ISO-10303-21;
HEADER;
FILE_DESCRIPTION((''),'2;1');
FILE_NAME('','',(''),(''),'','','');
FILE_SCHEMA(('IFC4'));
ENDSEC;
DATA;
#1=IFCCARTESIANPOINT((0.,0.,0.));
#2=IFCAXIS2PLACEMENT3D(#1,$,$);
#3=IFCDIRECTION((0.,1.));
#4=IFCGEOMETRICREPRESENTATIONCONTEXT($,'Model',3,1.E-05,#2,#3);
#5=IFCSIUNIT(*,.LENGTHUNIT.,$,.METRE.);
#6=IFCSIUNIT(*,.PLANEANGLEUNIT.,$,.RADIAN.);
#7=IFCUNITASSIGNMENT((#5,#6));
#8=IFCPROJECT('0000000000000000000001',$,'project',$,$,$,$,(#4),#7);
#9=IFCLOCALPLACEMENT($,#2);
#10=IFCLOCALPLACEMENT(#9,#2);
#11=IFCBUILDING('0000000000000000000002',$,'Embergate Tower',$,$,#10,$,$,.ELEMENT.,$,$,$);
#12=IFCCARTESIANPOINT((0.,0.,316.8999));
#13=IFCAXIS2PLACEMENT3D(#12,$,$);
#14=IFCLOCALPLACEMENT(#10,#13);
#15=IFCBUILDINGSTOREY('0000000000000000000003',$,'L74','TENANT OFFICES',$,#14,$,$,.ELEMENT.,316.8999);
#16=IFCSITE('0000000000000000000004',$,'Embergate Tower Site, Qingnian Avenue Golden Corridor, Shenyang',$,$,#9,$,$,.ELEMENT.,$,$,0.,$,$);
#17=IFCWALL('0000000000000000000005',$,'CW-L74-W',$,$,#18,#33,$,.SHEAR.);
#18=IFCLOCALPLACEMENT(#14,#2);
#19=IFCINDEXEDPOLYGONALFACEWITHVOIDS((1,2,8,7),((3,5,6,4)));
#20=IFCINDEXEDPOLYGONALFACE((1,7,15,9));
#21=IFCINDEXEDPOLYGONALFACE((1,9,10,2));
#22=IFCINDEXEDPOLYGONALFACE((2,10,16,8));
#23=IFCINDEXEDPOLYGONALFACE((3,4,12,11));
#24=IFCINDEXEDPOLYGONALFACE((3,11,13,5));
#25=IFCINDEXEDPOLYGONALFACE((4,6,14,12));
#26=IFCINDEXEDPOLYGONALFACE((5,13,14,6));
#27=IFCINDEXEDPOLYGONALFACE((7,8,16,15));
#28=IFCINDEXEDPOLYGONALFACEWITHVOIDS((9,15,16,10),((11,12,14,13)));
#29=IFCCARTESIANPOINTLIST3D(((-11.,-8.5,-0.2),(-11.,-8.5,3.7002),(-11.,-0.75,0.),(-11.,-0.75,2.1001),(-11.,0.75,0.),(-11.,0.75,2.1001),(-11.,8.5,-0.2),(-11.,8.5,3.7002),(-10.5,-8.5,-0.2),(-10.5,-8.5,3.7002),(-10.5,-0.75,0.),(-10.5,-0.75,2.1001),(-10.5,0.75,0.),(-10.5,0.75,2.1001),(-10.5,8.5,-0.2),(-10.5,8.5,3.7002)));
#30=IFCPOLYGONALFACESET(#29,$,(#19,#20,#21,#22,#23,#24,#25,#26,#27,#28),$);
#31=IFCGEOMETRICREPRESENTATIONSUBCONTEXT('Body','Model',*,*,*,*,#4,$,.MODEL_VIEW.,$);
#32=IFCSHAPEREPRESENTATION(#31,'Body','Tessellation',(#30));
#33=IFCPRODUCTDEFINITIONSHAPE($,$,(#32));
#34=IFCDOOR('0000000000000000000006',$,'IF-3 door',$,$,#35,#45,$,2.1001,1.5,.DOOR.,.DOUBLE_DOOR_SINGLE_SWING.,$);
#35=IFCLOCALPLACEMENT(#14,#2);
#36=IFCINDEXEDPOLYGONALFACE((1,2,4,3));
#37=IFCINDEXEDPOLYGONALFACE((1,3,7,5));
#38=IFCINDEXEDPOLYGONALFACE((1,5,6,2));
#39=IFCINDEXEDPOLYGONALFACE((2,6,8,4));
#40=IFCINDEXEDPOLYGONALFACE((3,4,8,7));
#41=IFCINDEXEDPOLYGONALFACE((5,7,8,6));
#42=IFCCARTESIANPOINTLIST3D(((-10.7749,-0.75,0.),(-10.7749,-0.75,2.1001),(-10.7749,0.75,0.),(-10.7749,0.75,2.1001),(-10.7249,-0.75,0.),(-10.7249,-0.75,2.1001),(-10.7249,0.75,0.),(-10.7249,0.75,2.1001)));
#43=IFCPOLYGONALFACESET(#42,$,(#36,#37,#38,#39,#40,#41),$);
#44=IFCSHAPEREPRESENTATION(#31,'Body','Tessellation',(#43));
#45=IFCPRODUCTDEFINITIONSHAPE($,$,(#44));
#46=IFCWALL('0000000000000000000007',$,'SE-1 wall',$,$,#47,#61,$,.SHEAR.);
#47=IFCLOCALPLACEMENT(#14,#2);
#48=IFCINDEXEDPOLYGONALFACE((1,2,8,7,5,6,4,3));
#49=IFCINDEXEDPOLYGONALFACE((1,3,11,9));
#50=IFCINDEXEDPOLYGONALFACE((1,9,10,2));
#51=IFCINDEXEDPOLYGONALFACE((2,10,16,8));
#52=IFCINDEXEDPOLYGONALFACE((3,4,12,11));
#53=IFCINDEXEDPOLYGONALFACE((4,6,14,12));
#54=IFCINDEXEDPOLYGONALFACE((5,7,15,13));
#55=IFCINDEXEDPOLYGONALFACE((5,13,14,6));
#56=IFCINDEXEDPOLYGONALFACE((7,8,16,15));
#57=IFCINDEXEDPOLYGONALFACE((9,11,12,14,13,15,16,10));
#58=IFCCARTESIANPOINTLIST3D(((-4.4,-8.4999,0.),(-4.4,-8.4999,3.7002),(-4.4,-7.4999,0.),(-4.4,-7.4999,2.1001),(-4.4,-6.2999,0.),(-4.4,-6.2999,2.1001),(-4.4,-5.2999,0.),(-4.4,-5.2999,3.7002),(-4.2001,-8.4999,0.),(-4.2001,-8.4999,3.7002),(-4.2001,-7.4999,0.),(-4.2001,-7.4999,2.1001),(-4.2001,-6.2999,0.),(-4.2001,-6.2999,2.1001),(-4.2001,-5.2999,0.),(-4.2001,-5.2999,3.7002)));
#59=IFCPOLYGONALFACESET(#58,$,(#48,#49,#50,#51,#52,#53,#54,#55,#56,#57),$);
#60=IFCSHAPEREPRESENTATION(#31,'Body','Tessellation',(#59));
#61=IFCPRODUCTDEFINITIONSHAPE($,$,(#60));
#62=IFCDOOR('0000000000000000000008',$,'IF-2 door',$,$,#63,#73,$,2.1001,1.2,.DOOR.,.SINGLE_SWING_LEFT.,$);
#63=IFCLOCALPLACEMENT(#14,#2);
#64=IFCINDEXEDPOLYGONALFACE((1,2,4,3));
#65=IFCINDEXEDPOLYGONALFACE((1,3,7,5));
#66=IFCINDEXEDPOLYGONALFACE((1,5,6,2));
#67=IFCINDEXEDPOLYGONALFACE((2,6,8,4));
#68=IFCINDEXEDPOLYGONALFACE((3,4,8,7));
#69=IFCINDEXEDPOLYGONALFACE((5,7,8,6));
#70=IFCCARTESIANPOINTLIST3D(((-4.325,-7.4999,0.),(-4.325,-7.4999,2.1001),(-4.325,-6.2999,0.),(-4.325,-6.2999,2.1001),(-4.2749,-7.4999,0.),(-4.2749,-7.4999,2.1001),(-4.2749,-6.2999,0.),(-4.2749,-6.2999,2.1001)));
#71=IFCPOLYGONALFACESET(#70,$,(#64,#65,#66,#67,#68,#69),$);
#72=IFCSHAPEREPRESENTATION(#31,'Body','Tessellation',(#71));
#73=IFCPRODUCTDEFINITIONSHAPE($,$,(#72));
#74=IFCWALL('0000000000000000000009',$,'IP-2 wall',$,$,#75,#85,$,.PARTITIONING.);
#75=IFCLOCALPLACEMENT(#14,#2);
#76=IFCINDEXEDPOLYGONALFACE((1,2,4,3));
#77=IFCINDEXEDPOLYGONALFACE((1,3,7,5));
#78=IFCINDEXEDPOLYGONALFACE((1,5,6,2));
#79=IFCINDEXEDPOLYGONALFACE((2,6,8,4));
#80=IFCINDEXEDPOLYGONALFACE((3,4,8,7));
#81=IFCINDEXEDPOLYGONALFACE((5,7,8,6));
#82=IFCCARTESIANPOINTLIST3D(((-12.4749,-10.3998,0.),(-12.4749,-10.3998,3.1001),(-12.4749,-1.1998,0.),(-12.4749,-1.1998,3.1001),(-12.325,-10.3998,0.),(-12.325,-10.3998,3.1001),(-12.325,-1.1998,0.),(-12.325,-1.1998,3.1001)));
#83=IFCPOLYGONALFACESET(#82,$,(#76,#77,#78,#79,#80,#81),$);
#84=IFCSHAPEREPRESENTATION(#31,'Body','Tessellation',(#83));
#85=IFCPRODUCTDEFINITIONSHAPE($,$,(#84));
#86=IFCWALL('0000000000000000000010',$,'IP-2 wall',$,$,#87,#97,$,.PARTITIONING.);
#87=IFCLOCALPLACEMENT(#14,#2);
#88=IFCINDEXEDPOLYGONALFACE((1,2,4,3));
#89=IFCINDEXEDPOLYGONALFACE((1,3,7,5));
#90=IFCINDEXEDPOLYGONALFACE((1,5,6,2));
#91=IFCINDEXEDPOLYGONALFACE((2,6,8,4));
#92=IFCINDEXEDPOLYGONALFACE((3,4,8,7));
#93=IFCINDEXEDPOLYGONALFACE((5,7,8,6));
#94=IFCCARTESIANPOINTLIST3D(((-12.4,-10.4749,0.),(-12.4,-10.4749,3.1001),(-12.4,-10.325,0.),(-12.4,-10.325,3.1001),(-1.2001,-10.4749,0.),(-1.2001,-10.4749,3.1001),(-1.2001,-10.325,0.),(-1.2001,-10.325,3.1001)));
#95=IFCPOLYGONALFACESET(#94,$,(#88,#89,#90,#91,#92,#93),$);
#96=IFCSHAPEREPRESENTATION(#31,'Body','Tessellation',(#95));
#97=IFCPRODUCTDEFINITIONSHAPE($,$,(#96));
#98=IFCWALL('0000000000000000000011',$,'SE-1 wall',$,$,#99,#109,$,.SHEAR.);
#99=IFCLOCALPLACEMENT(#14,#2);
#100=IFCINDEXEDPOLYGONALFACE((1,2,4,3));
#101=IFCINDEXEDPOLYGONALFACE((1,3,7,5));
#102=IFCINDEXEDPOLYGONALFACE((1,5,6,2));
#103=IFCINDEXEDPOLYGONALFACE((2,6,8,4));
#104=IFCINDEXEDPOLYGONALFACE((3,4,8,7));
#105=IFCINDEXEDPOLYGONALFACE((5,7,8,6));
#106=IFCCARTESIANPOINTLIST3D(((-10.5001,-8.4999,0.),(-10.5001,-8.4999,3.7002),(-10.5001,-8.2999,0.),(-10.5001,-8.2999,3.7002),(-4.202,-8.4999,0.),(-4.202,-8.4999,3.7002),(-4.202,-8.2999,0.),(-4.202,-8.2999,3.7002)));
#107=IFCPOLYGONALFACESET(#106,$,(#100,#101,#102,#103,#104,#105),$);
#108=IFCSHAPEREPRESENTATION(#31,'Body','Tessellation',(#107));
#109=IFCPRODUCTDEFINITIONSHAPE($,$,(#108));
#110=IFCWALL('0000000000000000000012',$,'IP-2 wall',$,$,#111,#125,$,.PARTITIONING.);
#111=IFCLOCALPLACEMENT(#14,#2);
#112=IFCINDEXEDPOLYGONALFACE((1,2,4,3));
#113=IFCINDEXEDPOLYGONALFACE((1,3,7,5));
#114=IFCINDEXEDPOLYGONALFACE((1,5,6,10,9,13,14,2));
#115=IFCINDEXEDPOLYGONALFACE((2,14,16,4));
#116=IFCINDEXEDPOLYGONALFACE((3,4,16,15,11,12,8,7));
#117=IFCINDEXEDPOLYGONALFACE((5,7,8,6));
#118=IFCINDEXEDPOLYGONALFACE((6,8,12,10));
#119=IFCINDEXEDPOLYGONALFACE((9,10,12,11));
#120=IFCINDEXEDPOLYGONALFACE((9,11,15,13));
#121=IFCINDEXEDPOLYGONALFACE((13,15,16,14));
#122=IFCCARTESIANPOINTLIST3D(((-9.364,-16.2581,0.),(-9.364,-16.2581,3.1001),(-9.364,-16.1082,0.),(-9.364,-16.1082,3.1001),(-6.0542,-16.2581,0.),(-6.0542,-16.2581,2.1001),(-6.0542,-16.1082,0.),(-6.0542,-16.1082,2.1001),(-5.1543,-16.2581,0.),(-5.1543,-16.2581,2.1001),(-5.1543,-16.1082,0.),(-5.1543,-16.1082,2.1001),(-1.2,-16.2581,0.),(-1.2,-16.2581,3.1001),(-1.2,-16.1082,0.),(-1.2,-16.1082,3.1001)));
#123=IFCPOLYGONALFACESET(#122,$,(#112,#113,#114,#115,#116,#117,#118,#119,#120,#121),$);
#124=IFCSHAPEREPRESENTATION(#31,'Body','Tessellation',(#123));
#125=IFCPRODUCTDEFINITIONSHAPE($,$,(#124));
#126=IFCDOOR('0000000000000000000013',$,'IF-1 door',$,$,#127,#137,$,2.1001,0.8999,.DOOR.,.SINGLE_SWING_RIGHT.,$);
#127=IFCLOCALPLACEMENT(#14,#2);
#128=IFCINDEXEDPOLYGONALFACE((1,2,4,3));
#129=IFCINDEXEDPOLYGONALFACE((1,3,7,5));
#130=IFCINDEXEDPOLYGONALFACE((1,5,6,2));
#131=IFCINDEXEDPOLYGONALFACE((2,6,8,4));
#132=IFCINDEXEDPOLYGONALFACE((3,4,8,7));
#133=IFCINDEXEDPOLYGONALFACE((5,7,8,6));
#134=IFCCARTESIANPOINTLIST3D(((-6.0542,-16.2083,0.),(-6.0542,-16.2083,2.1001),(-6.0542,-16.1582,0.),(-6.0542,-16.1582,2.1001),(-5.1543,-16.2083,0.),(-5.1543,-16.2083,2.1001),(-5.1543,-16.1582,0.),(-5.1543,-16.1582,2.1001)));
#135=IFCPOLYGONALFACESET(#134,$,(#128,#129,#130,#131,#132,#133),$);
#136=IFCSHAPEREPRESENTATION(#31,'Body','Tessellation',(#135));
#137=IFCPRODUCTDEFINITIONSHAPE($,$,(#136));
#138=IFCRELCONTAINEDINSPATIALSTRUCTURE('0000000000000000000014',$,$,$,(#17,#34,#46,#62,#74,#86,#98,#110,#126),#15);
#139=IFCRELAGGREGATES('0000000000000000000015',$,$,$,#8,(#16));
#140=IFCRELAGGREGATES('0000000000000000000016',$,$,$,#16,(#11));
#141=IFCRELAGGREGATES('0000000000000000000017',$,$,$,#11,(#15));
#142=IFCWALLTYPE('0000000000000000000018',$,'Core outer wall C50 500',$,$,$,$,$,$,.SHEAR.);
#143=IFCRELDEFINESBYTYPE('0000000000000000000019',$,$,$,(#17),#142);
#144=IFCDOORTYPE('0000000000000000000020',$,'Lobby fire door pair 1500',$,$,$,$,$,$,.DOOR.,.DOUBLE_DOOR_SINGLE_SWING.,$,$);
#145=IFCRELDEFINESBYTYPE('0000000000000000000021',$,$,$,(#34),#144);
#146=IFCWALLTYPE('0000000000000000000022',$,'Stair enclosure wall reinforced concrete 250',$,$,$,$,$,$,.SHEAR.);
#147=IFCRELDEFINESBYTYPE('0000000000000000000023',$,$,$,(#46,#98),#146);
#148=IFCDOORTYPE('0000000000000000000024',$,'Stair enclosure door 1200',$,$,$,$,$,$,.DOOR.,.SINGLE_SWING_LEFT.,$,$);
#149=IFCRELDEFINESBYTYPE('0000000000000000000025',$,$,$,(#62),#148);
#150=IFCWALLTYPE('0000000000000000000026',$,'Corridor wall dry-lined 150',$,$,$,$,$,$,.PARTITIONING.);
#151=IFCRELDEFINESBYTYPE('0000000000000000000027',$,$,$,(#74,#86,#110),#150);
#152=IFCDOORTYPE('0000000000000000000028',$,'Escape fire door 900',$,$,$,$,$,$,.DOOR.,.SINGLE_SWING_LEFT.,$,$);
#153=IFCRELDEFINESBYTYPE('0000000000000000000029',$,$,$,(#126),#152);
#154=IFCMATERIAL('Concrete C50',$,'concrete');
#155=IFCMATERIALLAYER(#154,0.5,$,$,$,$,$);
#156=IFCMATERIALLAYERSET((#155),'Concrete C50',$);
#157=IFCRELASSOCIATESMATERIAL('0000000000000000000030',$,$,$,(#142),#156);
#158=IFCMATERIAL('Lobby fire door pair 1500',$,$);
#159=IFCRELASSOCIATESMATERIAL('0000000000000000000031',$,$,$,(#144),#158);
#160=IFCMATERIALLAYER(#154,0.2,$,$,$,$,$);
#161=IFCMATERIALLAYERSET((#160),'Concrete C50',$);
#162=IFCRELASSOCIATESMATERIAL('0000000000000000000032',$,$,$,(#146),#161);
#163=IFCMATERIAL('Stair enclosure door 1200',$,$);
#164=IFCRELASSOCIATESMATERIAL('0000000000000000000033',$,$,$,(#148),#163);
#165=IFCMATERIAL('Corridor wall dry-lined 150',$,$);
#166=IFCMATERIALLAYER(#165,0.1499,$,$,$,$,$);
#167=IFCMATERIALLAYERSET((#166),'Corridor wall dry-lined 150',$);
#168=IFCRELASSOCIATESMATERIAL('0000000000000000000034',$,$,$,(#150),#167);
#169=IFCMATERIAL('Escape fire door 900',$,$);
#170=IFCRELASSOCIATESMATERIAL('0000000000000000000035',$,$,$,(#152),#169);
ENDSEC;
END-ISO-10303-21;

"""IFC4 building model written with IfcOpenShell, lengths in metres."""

from ifc_helpers import new_model, si_unit, direction, frame, frame_2d, origin, place, context, subcontext, project, spatial, rectangle, extrude, source, transform, mapped, material, layer, layer_set, type_object, element, fill, save


model = new_model("IFC4")

# Units and contexts
model_context = context("Model", 3, precision=1e-05, world=origin(), true_north=direction((0.0, 1.0)))
body_context = subcontext(model_context, "Body", "Model", "MODEL_VIEW")
ifc_project = project(units=[si_unit("LENGTHUNIT", "METRE"), si_unit("PLANEANGLEUNIT", "RADIAN")], contexts=[model_context])

# Site, building, storey
site_placement = place(None, origin())
site = spatial("IfcSite", under=ifc_project, at=site_placement, Name="Embergate Tower Site, Qingnian Avenue Golden Corridor, Shenyang", CompositionType="ELEMENT", RefElevation=0.0)
building_placement = place(site_placement, origin())
building = spatial("IfcBuilding", under=site, at=building_placement, Name="Embergate Tower", CompositionType="ELEMENT")
storey_placement = place(building_placement, frame((0.0, 0.0, 316.8999)))
storey = spatial("IfcBuildingStorey", under=building, at=storey_placement, Name="L74", Description="TENANT OFFICES", CompositionType="ELEMENT", Elevation=316.8999)

# Shared definitions
ifc_material_1 = material(Name="Concrete C50", Category="concrete")
ifc_layer_1 = layer(ifc_material_1, 0.5)
ifc_layer_set_1 = layer_set([ifc_layer_1], Name="Concrete C50")
wall_type_1 = type_object("IfcWallType", Name="Core outer wall C50 500", PredefinedType="SHEAR", material=ifc_layer_set_1)
shared_shape_1 = source(origin(), body_context, "Body", "SweptSolid", [
    extrude(rectangle(XDim=1.2, YDim=2.1001, at=frame_2d((0.6001, 1.05))), frame((0.0, 0.0249, 0.0), z_axis=(0.0, -1.0, 0.0), x_axis=(1.0, 0.0, 0.0)), (0.0, 0.0, 1.0), 0.05),
])

# Walls, openings, doors
shared_shape_2 = source(origin(), body_context, "Body", "SweptSolid", [
    extrude(rectangle(XDim=17.0, YDim=0.5, at=frame_2d((8.5, 0.0))), origin(), (0.0, 0.0, 1.0), 3.9001),
])
wall_1_placement = place(storey_placement, frame((-10.75, -8.5, -0.2), z_axis=(0.0, 0.0, 1.0), x_axis=(0.0, 1.0, 0.0)))
wall_1 = element("IfcWall", 1, at=wall_1_placement, inside=storey, type_object=wall_type_1, Name="CW-L74-W", PredefinedType="SHEAR", context=body_context, shape_type="MappedRepresentation", body=[
    mapped(shared_shape_2, transform((0.0, 0.0, 0.0))),
])
shared_shape_3 = source(origin(), body_context, "Body", "SweptSolid", [
    extrude(rectangle(XDim=1.5, YDim=2.1001, at=frame_2d((0.75, 1.05))), frame((0.0, 0.26, 0.0), z_axis=(0.0, -1.0, 0.0), x_axis=(1.0, 0.0, 0.0)), (0.0, 0.0, 1.0), 0.52),
])
opening_1_placement = place(wall_1_placement, frame((7.75, 0.0, 0.2)))
opening_1 = element("IfcOpeningElement", 2, at=opening_1_placement, cuts=wall_1, PredefinedType="OPENING", context=body_context, shape_type="MappedRepresentation", body=[
    mapped(shared_shape_3, transform((0.0, 0.0, 0.0))),
])
ifc_material_2 = material(Name="Lobby fire door pair 1500")
door_type_1 = type_object("IfcDoorType", Name="Lobby fire door pair 1500", OperationType="DOUBLE_DOOR_SINGLE_SWING", PredefinedType="DOOR", material=ifc_material_2)
shared_shape_4 = source(origin(), body_context, "Body", "SweptSolid", [
    extrude(rectangle(XDim=1.5, YDim=2.1001, at=frame_2d((0.75, 1.05))), frame((0.0, 0.0249, 0.0), z_axis=(0.0, -1.0, 0.0), x_axis=(1.0, 0.0, 0.0)), (0.0, 0.0, 1.0), 0.05),
])
door_1_placement = place(opening_1_placement, origin())
door_1 = element("IfcDoor", 3, at=door_1_placement, inside=storey, type_object=door_type_1, Name="IF-3 door", OperationType="DOUBLE_DOOR_SINGLE_SWING", OverallHeight=2.1001, OverallWidth=1.5, PredefinedType="DOOR", context=body_context, shape_type="MappedRepresentation", body=[
    mapped(shared_shape_4, transform((0.0, 0.0, 0.0))),
])
fill(opening_1, door_1)
ifc_layer_2 = layer(ifc_material_1, 0.2)
ifc_layer_set_2 = layer_set([ifc_layer_2], Name="Concrete C50")
wall_type_2 = type_object("IfcWallType", Name="Stair enclosure wall reinforced concrete 250", PredefinedType="SHEAR", material=ifc_layer_set_2)
shared_shape_5 = source(origin(), body_context, "Body", "SweptSolid", [
    extrude(rectangle(XDim=3.2, YDim=0.2, at=frame_2d((1.6001, 0.0))), origin(), (0.0, 0.0, 1.0), 3.7002),
])
wall_2_placement = place(storey_placement, frame((-4.3, -8.5, 0.0), z_axis=(0.0, 0.0, 1.0), x_axis=(0.0, 1.0, 0.0)))
wall_2 = element("IfcWall", 4, at=wall_2_placement, inside=storey, type_object=wall_type_2, Name="SE-1 wall", PredefinedType="SHEAR", context=body_context, shape_type="MappedRepresentation", body=[
    mapped(shared_shape_5, transform((0.0, 0.0, 0.0))),
])
shared_shape_6 = source(origin(), body_context, "Body", "SweptSolid", [
    extrude(rectangle(XDim=1.2, YDim=2.1001, at=frame_2d((0.6001, 1.05))), frame((0.0, 0.1099, 0.0), z_axis=(0.0, -1.0, 0.0), x_axis=(1.0, 0.0, 0.0)), (0.0, 0.0, 1.0), 0.22),
])
opening_2_placement = place(wall_2_placement, frame((1.0, 0.0, 0.0)))
opening_2 = element("IfcOpeningElement", 5, at=opening_2_placement, cuts=wall_2, PredefinedType="OPENING", context=body_context, shape_type="MappedRepresentation", body=[
    mapped(shared_shape_6, transform((0.0, 0.0, 0.0))),
])
ifc_material_3 = material(Name="Stair enclosure door 1200")
door_type_2 = type_object("IfcDoorType", Name="Stair enclosure door 1200", OperationType="SINGLE_SWING_LEFT", PredefinedType="DOOR", material=ifc_material_3)
door_2_placement = place(opening_2_placement, origin())
door_2 = element("IfcDoor", 6, at=door_2_placement, inside=storey, type_object=door_type_2, Name="IF-2 door", OperationType="SINGLE_SWING_LEFT", OverallHeight=2.1001, OverallWidth=1.2, PredefinedType="DOOR", context=body_context, shape_type="MappedRepresentation", body=[
    mapped(shared_shape_1, transform((0.0, 0.0, 0.0))),
])
fill(opening_2, door_2)

# Walls
ifc_material_4 = material(Name="Corridor wall dry-lined 150")
ifc_layer_3 = layer(ifc_material_4, 0.1499)
ifc_layer_set_3 = layer_set([ifc_layer_3], Name="Corridor wall dry-lined 150")
wall_type_3 = type_object("IfcWallType", Name="Corridor wall dry-lined 150", PredefinedType="PARTITIONING", material=ifc_layer_set_3)
shared_shape_7 = source(origin(), body_context, "Body", "SweptSolid", [
    extrude(rectangle(XDim=9.2, YDim=0.1499, at=frame_2d((4.6001, 0.0))), origin(), (0.0, 0.0, 1.0), 3.1001),
])
wall_3_placement = place(storey_placement, frame((-12.3999, -10.3999, 0.0), z_axis=(0.0, 0.0, 1.0), x_axis=(0.0, 1.0, 0.0)))
element("IfcWall", 7, at=wall_3_placement, inside=storey, type_object=wall_type_3, Name="IP-2 wall", PredefinedType="PARTITIONING", context=body_context, shape_type="MappedRepresentation", body=[
    mapped(shared_shape_7, transform((0.0, 0.0, 0.0))),
])
shared_shape_8 = source(origin(), body_context, "Body", "SweptSolid", [
    extrude(rectangle(XDim=11.2, YDim=0.1499, at=frame_2d((5.6001, 0.0))), origin(), (0.0, 0.0, 1.0), 3.1001),
])
wall_4_placement = place(storey_placement, frame((-1.2, -10.3999, 0.0), z_axis=(0.0, 0.0, 1.0), x_axis=(-1.0, 0.0, 0.0)))
element("IfcWall", 8, at=wall_4_placement, inside=storey, type_object=wall_type_3, Name="IP-2 wall", PredefinedType="PARTITIONING", context=body_context, shape_type="MappedRepresentation", body=[
    mapped(shared_shape_8, transform((0.0, 0.0, 0.0))),
])
shared_shape_9 = source(origin(), body_context, "Body", "SweptSolid", [
    extrude(rectangle(XDim=6.2981, YDim=0.2, at=frame_2d((3.1489, 0.0))), origin(), (0.0, 0.0, 1.0), 3.7002),
])
wall_5_placement = place(storey_placement, frame((-10.5, -8.3999, 0.0), z_axis=(0.0, 0.0, 1.0), x_axis=(1.0, 0.0, 0.0)))
element("IfcWall", 9, at=wall_5_placement, inside=storey, type_object=wall_type_2, Name="SE-1 wall", PredefinedType="SHEAR", context=body_context, shape_type="MappedRepresentation", body=[
    mapped(shared_shape_9, transform((0.0, 0.0, 0.0))),
])

# Wall, opening, door
shared_shape_10 = source(origin(), body_context, "Body", "SweptSolid", [
    extrude(rectangle(XDim=8.1641, YDim=0.1499, at=frame_2d((4.082, 0.0))), origin(), (0.0, 0.0, 1.0), 3.1001),
])
wall_6_placement = place(storey_placement, frame((-9.364, -16.1831, 0.0), z_axis=(0.0, 0.0, 1.0), x_axis=(1.0, 0.0, 0.0)))
wall_6 = element("IfcWall", 10, at=wall_6_placement, inside=storey, type_object=wall_type_3, Name="IP-2 wall", PredefinedType="PARTITIONING", context=body_context, shape_type="MappedRepresentation", body=[
    mapped(shared_shape_10, transform((0.0, 0.0, 0.0))),
])
shared_shape_11 = source(origin(), body_context, "Body", "SweptSolid", [
    extrude(rectangle(XDim=0.8999, YDim=2.1001, at=frame_2d((0.45, 1.05))), frame((0.0, 0.085, 0.0), z_axis=(0.0, -1.0, 0.0), x_axis=(1.0, 0.0, 0.0)), (0.0, 0.0, 1.0), 0.1699),
])
opening_3_placement = place(wall_6_placement, frame((3.3098, 0.0, 0.0)))
opening_3 = element("IfcOpeningElement", 11, at=opening_3_placement, cuts=wall_6, PredefinedType="OPENING", context=body_context, shape_type="MappedRepresentation", body=[
    mapped(shared_shape_11, transform((0.0, 0.0, 0.0))),
])
ifc_material_5 = material(Name="Escape fire door 900")
door_type_3 = type_object("IfcDoorType", Name="Escape fire door 900", OperationType="SINGLE_SWING_LEFT", PredefinedType="DOOR", material=ifc_material_5)
shared_shape_12 = source(origin(), body_context, "Body", "SweptSolid", [
    extrude(rectangle(XDim=0.8999, YDim=2.1001, at=frame_2d((0.45, 1.05))), frame((0.0, 0.0249, 0.0), z_axis=(0.0, -1.0, 0.0), x_axis=(1.0, 0.0, 0.0)), (0.0, 0.0, 1.0), 0.05),
])
door_3_placement = place(opening_3_placement, origin())
door_3 = element("IfcDoor", 12, at=door_3_placement, inside=storey, type_object=door_type_3, Name="IF-1 door", OperationType="SINGLE_SWING_RIGHT", OverallHeight=2.1001, OverallWidth=0.8999, PredefinedType="DOOR", context=body_context, shape_type="MappedRepresentation", body=[
    mapped(shared_shape_12, transform((0.0, 0.0, 0.0))),
])
fill(opening_3, door_3)

save(model, "model.ifc")
